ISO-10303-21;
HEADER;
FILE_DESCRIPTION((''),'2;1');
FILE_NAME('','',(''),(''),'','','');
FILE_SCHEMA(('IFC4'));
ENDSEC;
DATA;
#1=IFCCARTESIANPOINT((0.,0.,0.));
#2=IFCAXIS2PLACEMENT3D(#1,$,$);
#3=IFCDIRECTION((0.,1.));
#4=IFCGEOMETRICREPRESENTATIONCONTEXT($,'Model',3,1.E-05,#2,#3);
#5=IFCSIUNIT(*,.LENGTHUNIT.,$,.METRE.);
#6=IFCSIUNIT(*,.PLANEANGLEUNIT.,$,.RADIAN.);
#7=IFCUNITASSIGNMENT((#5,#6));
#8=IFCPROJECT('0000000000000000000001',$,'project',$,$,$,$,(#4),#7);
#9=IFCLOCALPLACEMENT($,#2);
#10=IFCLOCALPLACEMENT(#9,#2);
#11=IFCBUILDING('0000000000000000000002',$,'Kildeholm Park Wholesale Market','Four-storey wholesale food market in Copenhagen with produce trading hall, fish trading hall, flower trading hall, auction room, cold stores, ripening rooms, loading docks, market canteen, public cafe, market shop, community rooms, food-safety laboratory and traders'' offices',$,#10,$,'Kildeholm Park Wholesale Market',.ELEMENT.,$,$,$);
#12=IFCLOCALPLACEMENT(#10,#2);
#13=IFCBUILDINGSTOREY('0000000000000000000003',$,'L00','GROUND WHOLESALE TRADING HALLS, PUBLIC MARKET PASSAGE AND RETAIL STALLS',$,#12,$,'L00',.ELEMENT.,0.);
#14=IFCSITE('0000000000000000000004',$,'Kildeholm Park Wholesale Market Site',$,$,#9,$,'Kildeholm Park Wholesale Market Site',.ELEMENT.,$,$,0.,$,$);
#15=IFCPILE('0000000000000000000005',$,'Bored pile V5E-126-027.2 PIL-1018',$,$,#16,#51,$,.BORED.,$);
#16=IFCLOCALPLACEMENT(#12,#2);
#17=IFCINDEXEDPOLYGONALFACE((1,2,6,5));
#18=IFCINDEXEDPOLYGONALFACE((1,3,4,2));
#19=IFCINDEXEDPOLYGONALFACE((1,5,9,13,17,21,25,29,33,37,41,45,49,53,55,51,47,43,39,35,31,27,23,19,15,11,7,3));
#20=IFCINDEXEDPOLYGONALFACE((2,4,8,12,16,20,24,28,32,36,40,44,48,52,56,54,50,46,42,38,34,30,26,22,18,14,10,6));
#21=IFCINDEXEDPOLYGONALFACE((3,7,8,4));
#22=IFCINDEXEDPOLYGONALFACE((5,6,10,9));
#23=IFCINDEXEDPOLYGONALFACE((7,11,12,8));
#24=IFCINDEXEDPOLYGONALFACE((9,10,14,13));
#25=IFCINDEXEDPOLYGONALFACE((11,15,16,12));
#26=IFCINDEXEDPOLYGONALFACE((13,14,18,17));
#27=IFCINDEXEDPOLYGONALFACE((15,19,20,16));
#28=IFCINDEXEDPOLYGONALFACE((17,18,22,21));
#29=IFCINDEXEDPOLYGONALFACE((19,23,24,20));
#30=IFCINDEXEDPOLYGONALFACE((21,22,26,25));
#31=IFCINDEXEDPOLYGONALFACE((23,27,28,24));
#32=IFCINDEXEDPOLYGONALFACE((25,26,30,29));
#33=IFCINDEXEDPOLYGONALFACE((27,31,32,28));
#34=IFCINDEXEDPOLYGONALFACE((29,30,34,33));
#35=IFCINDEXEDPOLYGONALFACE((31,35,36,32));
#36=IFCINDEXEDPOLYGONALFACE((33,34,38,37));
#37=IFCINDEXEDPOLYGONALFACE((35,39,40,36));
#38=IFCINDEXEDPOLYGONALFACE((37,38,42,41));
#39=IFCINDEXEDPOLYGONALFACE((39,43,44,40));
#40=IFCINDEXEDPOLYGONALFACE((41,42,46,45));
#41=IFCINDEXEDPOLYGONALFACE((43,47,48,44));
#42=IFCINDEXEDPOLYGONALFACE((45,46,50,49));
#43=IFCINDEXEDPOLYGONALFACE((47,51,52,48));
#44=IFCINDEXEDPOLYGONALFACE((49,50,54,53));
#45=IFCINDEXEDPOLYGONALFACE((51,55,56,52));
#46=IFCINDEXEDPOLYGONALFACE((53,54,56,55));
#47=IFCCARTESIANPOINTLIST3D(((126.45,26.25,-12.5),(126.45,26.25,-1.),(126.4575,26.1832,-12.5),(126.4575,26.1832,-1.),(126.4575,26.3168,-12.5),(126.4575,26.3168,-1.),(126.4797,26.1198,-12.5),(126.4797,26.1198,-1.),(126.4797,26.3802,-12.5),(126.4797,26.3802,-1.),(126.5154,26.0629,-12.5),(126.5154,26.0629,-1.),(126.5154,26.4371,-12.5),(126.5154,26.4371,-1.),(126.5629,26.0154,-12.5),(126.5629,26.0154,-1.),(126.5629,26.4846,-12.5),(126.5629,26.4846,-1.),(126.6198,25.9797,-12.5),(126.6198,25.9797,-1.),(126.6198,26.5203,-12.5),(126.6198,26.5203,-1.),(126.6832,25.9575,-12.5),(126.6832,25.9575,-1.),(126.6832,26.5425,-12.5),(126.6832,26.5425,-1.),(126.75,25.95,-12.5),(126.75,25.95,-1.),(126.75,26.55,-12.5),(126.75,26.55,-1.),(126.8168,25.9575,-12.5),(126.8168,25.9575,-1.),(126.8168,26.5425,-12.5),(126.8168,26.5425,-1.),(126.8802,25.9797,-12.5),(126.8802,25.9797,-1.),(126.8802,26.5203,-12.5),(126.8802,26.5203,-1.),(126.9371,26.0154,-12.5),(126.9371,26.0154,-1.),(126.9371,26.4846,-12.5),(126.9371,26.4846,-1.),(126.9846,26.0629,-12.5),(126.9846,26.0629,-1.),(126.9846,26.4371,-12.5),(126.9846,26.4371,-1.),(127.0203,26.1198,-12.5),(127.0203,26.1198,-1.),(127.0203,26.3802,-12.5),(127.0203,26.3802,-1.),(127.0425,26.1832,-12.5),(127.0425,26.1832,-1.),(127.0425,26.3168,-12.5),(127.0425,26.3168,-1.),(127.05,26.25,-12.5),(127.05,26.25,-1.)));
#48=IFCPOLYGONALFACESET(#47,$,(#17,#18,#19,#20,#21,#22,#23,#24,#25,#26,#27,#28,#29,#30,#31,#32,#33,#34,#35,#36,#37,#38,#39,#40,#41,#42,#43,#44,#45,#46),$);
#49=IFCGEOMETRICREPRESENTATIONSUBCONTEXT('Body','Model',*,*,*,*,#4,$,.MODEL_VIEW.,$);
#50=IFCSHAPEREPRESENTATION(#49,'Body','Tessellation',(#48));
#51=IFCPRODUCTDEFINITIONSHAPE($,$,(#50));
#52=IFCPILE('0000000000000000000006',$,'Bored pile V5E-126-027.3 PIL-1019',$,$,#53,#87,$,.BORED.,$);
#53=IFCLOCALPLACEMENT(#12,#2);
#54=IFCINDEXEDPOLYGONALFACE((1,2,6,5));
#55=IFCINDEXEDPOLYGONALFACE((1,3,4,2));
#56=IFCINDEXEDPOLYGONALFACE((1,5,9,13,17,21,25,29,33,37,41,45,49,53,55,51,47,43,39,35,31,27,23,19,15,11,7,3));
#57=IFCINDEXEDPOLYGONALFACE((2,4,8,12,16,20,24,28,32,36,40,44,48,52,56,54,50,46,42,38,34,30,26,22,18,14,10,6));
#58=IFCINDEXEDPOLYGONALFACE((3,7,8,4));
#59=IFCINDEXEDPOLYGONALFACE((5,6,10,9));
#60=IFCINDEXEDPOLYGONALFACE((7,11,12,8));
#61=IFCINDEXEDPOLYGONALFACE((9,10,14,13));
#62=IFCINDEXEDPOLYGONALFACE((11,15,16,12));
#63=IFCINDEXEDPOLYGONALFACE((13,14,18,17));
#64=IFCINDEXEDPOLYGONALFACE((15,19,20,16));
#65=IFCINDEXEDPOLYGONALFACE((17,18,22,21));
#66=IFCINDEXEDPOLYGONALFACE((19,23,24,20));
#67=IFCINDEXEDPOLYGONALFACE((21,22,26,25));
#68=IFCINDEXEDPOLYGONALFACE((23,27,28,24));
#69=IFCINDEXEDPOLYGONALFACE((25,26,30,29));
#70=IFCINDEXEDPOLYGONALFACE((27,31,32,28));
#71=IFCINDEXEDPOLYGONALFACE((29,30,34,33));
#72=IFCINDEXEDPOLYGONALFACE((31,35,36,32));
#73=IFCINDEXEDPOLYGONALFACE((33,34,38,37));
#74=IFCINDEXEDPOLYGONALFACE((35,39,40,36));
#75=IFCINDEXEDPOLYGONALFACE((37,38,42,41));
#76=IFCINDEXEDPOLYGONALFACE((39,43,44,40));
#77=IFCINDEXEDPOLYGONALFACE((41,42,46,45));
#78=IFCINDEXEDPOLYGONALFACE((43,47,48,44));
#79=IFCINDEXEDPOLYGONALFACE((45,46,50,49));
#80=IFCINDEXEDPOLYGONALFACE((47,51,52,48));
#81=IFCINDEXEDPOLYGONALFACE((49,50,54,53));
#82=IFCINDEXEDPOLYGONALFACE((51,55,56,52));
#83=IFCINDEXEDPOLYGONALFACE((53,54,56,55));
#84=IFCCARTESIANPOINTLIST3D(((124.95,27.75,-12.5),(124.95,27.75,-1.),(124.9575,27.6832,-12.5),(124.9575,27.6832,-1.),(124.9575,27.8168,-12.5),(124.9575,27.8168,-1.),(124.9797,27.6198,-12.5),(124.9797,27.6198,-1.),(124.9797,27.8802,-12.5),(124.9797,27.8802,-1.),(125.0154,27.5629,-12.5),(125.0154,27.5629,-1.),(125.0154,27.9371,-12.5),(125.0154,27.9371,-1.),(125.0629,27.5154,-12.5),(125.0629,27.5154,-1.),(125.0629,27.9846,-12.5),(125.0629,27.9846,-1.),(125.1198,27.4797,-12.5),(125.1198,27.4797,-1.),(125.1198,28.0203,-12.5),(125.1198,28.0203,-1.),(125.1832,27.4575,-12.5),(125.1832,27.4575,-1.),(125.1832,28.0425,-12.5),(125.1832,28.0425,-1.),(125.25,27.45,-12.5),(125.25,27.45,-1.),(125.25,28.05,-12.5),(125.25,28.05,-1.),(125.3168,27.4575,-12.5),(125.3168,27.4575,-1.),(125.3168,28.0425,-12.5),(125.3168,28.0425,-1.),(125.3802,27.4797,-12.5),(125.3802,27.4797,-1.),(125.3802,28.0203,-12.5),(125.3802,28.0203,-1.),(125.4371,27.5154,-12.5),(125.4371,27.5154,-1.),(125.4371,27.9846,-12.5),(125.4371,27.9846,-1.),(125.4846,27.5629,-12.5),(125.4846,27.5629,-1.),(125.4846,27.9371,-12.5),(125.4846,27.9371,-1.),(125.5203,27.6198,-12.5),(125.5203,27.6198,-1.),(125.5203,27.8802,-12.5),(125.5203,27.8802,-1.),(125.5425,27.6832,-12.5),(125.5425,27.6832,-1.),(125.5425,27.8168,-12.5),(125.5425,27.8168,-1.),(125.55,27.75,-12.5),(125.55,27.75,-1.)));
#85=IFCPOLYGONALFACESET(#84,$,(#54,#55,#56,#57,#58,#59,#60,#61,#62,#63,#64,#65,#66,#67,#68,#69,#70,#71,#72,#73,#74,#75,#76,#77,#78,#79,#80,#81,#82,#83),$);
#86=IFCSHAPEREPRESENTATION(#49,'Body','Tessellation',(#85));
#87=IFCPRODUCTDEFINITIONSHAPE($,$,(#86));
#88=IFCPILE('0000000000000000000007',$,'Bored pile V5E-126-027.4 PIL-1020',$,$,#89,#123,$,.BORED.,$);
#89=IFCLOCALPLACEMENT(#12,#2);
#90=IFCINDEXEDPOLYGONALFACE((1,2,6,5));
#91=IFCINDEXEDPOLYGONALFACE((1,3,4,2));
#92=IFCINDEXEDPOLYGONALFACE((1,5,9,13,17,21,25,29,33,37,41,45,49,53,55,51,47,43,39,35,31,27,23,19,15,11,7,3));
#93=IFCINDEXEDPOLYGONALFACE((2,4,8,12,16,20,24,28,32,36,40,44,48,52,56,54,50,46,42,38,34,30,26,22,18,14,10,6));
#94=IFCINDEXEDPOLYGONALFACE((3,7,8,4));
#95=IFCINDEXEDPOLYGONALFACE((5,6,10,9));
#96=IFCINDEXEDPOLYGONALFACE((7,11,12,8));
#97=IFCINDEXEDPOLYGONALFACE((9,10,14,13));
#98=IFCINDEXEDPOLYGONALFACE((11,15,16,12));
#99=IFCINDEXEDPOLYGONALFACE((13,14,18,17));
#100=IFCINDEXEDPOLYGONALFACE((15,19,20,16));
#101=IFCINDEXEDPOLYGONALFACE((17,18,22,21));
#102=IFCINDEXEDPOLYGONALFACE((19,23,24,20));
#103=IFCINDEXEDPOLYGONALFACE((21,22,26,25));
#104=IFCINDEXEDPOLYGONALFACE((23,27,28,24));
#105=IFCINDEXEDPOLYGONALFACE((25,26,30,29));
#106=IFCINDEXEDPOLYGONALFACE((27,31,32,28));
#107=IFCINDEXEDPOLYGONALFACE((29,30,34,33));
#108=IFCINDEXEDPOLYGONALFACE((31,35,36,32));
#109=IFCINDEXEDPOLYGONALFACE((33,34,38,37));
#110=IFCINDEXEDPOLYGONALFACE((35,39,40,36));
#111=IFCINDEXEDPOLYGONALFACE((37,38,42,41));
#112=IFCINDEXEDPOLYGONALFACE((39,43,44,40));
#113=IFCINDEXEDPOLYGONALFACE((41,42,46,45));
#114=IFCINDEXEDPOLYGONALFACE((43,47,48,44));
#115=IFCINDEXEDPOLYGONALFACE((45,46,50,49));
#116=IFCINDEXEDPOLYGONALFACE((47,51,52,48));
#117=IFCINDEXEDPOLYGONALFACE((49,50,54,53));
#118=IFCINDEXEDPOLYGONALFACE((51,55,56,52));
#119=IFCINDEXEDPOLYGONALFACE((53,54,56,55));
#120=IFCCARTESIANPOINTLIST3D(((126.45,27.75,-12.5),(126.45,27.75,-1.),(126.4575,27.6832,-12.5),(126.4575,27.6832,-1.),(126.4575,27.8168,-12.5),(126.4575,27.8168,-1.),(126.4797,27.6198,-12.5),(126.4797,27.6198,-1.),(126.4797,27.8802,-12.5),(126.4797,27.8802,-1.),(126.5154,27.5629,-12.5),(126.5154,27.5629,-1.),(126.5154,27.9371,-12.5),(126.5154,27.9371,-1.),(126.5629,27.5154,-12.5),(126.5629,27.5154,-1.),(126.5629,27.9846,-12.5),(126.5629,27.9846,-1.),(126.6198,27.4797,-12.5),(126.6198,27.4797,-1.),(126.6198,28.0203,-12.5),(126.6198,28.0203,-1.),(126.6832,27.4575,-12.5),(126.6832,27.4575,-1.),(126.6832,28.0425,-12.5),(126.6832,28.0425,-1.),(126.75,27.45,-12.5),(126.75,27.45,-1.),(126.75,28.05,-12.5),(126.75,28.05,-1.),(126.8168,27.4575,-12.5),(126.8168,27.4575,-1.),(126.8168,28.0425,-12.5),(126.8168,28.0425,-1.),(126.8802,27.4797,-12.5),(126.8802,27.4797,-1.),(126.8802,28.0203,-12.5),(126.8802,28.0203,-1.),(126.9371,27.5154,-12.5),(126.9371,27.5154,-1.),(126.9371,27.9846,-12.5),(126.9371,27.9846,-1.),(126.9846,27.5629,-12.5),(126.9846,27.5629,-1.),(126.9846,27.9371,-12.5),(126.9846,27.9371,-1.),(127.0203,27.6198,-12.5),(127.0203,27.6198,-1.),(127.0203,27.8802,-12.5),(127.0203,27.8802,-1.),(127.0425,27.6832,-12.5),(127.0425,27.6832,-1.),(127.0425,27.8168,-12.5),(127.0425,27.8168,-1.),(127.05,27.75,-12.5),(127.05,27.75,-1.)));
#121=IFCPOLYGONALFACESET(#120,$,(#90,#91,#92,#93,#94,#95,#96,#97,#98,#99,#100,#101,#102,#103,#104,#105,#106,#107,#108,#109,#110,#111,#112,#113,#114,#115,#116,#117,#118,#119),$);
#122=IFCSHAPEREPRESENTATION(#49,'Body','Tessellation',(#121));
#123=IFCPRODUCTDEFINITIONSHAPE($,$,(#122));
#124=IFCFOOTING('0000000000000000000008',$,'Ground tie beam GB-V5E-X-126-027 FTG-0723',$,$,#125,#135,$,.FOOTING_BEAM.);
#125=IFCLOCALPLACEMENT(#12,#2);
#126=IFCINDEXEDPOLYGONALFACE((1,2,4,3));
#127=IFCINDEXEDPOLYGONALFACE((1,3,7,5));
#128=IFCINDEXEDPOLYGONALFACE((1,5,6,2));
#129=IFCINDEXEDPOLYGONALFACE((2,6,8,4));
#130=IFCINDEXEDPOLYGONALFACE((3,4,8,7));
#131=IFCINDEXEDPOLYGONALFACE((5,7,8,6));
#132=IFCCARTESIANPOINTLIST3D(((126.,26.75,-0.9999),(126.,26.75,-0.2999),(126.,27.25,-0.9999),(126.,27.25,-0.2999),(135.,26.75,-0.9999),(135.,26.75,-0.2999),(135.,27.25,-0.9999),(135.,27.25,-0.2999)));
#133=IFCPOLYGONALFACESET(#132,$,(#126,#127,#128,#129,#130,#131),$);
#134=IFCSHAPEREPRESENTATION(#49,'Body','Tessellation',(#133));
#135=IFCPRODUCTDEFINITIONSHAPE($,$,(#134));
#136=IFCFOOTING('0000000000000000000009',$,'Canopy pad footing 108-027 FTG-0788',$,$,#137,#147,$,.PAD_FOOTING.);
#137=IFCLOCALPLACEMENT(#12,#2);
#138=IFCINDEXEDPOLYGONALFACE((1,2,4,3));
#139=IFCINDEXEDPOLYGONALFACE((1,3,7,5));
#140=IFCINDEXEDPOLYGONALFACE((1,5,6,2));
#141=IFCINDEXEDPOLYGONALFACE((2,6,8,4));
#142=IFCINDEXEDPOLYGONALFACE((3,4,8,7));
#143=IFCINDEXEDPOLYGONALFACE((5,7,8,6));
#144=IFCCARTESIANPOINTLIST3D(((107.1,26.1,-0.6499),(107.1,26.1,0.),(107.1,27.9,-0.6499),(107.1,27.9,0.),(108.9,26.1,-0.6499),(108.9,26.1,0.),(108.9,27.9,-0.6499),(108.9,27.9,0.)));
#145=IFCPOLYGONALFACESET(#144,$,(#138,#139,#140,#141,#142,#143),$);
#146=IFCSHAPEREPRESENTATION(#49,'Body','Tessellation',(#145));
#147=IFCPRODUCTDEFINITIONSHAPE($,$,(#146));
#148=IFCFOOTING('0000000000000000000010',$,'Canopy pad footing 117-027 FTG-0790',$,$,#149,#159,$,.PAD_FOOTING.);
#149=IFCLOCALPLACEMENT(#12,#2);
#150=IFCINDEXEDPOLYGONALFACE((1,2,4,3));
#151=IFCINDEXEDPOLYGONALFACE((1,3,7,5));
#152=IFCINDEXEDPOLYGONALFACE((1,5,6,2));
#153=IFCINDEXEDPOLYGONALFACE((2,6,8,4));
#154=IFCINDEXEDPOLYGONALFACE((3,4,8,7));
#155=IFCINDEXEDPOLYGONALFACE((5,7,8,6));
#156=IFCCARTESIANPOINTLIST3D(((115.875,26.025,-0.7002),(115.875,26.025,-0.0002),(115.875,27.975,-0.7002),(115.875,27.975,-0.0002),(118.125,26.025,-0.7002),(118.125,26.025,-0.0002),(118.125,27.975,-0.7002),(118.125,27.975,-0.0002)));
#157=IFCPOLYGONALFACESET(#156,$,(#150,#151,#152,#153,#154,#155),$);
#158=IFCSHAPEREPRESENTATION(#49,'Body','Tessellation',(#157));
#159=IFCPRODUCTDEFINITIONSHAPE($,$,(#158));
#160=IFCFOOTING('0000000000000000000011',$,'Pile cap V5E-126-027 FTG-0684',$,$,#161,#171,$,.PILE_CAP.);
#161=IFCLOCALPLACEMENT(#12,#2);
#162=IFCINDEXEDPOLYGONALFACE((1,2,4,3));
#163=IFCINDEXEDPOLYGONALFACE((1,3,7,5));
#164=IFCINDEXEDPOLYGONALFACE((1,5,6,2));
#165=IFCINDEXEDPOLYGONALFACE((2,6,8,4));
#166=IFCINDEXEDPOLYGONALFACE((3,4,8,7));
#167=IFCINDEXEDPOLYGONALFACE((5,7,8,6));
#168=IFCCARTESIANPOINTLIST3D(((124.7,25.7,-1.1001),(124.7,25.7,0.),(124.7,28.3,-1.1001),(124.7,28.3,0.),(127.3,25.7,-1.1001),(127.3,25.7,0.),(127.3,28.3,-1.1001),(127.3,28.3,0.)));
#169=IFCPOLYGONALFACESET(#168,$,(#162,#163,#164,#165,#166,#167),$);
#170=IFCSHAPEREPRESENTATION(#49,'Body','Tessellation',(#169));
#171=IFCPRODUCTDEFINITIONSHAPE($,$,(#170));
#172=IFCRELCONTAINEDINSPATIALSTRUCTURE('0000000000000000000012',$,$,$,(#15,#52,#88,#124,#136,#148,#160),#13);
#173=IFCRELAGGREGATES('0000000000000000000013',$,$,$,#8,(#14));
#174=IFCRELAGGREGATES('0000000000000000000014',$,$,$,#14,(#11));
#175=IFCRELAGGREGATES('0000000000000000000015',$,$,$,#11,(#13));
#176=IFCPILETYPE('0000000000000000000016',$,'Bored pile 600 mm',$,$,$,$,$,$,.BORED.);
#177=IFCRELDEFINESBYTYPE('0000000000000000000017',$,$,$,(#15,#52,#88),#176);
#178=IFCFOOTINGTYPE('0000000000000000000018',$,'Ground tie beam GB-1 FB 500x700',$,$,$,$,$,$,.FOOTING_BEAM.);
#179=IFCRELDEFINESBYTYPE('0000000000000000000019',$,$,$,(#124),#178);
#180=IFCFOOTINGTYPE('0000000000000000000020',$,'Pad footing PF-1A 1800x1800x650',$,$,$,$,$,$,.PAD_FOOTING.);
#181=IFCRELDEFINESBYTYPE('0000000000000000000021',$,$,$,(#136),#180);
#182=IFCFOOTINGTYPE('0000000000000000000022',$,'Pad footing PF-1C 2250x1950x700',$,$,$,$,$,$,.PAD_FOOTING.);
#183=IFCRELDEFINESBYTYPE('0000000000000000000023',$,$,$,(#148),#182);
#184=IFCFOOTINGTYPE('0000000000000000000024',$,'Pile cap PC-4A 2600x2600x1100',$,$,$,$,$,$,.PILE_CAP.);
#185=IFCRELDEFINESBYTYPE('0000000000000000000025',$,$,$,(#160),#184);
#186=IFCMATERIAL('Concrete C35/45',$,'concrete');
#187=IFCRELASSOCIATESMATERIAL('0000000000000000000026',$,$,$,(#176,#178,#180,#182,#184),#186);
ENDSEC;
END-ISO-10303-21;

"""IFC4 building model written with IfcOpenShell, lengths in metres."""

from ifc_helpers import new_model, si_unit, direction, frame, origin, origin_2d, place, context, subcontext, project, spatial, rectangle, circle, extrude, material, material_profile, profile_set, type_object, element, save


model = new_model("IFC4")

# Units and contexts
model_context = context("Model", 3, precision=1e-05, world=origin(), true_north=direction((0.0, 1.0)))
body_context = subcontext(model_context, "Body", "Model", "MODEL_VIEW")
ifc_project = project(units=[si_unit("LENGTHUNIT", "METRE"), si_unit("PLANEANGLEUNIT", "RADIAN")], contexts=[model_context])

# Site, building, storey
site_placement = place(None, origin())
site = spatial("IfcSite", under=ifc_project, at=site_placement, Name="Kildeholm Park Wholesale Market Site", LongName="Kildeholm Park Wholesale Market Site", CompositionType="ELEMENT", RefElevation=0.0)
building_placement = place(site_placement, origin())
building = spatial("IfcBuilding", under=site, at=building_placement, Name="Kildeholm Park Wholesale Market", Description="Four-storey wholesale food market in Copenhagen with produce trading hall, fish trading hall, flower trading hall, auction room, cold stores, ripening rooms, loading docks, market canteen, public cafe, market shop, community rooms, food-safety laboratory and traders' offices", LongName="Kildeholm Park Wholesale Market", CompositionType="ELEMENT")
storey_placement = place(building_placement, origin())
storey = spatial("IfcBuildingStorey", under=building, at=storey_placement, Name="L00", Description="GROUND WHOLESALE TRADING HALLS, PUBLIC MARKET PASSAGE AND RETAIL STALLS", LongName="L00", CompositionType="ELEMENT", Elevation=0.0)

# Piles
ifc_material_1 = material(Name="Concrete C35/45", Category="concrete")
ifc_material_profile_1 = material_profile(ifc_material_1, circle(Radius=0.3, at=origin_2d()), Name="PILE D600")
ifc_profile_set_1 = profile_set([ifc_material_profile_1], Name="Concrete C35/45")
pile_type = type_object("IfcPileType", Name="Bored pile 600 mm", PredefinedType="BORED", material=ifc_profile_set_1)
for number, where, z_axis, x_axis, name in (
    (1, (126.75, 26.25, -1.0), (0.0, 0.0, -1.0), (1.0, 0.0, 0.0), "Bored pile V5E-126-027.2 PIL-1018"),
    (2, (125.25, 27.75, -1.0), (0.0, 0.0, -1.0), (1.0, 0.0, 0.0), "Bored pile V5E-126-027.3 PIL-1019"),
    (3, (126.75, 27.75, -1.0), (0.0, 0.0, -1.0), (1.0, 0.0, 0.0), "Bored pile V5E-126-027.4 PIL-1020"),
):
    element("IfcPile", number, at=place(storey_placement, frame(where, z_axis=z_axis, x_axis=x_axis)), inside=storey, type_object=pile_type, Name=name, PredefinedType="BORED", context=body_context, shape_type="SweptSolid", body=[
        extrude(circle(Radius=0.3, at=origin_2d()), origin(), (0.0, 0.0, 1.0), 11.5),
    ])

# Footings
ifc_material_profile_2 = material_profile(ifc_material_1, rectangle(XDim=0.5, YDim=0.7, at=origin_2d()), Name="FB 500x700")
ifc_profile_set_2 = profile_set([ifc_material_profile_2], Name="Concrete C35/45")
footing_type_1 = type_object("IfcFootingType", Name="Ground tie beam GB-1 FB 500x700", PredefinedType="FOOTING_BEAM", material=ifc_profile_set_2)
footing_1_placement = place(storey_placement, frame((126.0, 27.0, -0.6499), z_axis=(1.0, 0.0, 0.0), x_axis=(0.0, 1.0, 0.0)))
element("IfcFooting", 4, at=footing_1_placement, inside=storey, type_object=footing_type_1, Name="Ground tie beam GB-V5E-X-126-027 FTG-0723", PredefinedType="FOOTING_BEAM", context=body_context, shape_type="SweptSolid", body=[
    extrude(rectangle(XDim=0.5, YDim=0.7, at=origin_2d()), origin(), (0.0, 0.0, 1.0), 9.0),
])
footing_type_2 = type_object("IfcFootingType", Name="Pad footing PF-1A 1800x1800x650", PredefinedType="PAD_FOOTING", material=ifc_material_1)
footing_2_placement = place(storey_placement, frame((108.0, 27.0, -0.6499), z_axis=(0.0, 0.0, 1.0), x_axis=(1.0, 0.0, 0.0)))
element("IfcFooting", 5, at=footing_2_placement, inside=storey, type_object=footing_type_2, Name="Canopy pad footing 108-027 FTG-0788", PredefinedType="PAD_FOOTING", context=body_context, shape_type="SweptSolid", body=[
    extrude(rectangle(XDim=1.8, YDim=1.8, at=origin_2d()), origin(), (0.0, 0.0, 1.0), 0.6499),
])
footing_type_3 = type_object("IfcFootingType", Name="Pad footing PF-1C 2250x1950x700", PredefinedType="PAD_FOOTING", material=ifc_material_1)
footing_3_placement = place(storey_placement, frame((117.0, 27.0, -0.7002), z_axis=(0.0, 0.0, 1.0), x_axis=(1.0, 0.0, 0.0)))
element("IfcFooting", 6, at=footing_3_placement, inside=storey, type_object=footing_type_3, Name="Canopy pad footing 117-027 FTG-0790", PredefinedType="PAD_FOOTING", context=body_context, shape_type="SweptSolid", body=[
    extrude(rectangle(XDim=2.25, YDim=1.95, at=origin_2d()), origin(), (0.0, 0.0, 1.0), 0.7),
])
footing_type_4 = type_object("IfcFootingType", Name="Pile cap PC-4A 2600x2600x1100", PredefinedType="PILE_CAP", material=ifc_material_1)
footing_4_placement = place(storey_placement, frame((126.0, 27.0, -1.1001), z_axis=(0.0, 0.0, 1.0), x_axis=(1.0, 0.0, 0.0)))
element("IfcFooting", 7, at=footing_4_placement, inside=storey, type_object=footing_type_4, Name="Pile cap V5E-126-027 FTG-0684", PredefinedType="PILE_CAP", context=body_context, shape_type="SweptSolid", body=[
    extrude(rectangle(XDim=2.6001, YDim=2.6001, at=origin_2d()), origin(), (0.0, 0.0, 1.0), 1.1001),
])

save(model, "model.ifc")
